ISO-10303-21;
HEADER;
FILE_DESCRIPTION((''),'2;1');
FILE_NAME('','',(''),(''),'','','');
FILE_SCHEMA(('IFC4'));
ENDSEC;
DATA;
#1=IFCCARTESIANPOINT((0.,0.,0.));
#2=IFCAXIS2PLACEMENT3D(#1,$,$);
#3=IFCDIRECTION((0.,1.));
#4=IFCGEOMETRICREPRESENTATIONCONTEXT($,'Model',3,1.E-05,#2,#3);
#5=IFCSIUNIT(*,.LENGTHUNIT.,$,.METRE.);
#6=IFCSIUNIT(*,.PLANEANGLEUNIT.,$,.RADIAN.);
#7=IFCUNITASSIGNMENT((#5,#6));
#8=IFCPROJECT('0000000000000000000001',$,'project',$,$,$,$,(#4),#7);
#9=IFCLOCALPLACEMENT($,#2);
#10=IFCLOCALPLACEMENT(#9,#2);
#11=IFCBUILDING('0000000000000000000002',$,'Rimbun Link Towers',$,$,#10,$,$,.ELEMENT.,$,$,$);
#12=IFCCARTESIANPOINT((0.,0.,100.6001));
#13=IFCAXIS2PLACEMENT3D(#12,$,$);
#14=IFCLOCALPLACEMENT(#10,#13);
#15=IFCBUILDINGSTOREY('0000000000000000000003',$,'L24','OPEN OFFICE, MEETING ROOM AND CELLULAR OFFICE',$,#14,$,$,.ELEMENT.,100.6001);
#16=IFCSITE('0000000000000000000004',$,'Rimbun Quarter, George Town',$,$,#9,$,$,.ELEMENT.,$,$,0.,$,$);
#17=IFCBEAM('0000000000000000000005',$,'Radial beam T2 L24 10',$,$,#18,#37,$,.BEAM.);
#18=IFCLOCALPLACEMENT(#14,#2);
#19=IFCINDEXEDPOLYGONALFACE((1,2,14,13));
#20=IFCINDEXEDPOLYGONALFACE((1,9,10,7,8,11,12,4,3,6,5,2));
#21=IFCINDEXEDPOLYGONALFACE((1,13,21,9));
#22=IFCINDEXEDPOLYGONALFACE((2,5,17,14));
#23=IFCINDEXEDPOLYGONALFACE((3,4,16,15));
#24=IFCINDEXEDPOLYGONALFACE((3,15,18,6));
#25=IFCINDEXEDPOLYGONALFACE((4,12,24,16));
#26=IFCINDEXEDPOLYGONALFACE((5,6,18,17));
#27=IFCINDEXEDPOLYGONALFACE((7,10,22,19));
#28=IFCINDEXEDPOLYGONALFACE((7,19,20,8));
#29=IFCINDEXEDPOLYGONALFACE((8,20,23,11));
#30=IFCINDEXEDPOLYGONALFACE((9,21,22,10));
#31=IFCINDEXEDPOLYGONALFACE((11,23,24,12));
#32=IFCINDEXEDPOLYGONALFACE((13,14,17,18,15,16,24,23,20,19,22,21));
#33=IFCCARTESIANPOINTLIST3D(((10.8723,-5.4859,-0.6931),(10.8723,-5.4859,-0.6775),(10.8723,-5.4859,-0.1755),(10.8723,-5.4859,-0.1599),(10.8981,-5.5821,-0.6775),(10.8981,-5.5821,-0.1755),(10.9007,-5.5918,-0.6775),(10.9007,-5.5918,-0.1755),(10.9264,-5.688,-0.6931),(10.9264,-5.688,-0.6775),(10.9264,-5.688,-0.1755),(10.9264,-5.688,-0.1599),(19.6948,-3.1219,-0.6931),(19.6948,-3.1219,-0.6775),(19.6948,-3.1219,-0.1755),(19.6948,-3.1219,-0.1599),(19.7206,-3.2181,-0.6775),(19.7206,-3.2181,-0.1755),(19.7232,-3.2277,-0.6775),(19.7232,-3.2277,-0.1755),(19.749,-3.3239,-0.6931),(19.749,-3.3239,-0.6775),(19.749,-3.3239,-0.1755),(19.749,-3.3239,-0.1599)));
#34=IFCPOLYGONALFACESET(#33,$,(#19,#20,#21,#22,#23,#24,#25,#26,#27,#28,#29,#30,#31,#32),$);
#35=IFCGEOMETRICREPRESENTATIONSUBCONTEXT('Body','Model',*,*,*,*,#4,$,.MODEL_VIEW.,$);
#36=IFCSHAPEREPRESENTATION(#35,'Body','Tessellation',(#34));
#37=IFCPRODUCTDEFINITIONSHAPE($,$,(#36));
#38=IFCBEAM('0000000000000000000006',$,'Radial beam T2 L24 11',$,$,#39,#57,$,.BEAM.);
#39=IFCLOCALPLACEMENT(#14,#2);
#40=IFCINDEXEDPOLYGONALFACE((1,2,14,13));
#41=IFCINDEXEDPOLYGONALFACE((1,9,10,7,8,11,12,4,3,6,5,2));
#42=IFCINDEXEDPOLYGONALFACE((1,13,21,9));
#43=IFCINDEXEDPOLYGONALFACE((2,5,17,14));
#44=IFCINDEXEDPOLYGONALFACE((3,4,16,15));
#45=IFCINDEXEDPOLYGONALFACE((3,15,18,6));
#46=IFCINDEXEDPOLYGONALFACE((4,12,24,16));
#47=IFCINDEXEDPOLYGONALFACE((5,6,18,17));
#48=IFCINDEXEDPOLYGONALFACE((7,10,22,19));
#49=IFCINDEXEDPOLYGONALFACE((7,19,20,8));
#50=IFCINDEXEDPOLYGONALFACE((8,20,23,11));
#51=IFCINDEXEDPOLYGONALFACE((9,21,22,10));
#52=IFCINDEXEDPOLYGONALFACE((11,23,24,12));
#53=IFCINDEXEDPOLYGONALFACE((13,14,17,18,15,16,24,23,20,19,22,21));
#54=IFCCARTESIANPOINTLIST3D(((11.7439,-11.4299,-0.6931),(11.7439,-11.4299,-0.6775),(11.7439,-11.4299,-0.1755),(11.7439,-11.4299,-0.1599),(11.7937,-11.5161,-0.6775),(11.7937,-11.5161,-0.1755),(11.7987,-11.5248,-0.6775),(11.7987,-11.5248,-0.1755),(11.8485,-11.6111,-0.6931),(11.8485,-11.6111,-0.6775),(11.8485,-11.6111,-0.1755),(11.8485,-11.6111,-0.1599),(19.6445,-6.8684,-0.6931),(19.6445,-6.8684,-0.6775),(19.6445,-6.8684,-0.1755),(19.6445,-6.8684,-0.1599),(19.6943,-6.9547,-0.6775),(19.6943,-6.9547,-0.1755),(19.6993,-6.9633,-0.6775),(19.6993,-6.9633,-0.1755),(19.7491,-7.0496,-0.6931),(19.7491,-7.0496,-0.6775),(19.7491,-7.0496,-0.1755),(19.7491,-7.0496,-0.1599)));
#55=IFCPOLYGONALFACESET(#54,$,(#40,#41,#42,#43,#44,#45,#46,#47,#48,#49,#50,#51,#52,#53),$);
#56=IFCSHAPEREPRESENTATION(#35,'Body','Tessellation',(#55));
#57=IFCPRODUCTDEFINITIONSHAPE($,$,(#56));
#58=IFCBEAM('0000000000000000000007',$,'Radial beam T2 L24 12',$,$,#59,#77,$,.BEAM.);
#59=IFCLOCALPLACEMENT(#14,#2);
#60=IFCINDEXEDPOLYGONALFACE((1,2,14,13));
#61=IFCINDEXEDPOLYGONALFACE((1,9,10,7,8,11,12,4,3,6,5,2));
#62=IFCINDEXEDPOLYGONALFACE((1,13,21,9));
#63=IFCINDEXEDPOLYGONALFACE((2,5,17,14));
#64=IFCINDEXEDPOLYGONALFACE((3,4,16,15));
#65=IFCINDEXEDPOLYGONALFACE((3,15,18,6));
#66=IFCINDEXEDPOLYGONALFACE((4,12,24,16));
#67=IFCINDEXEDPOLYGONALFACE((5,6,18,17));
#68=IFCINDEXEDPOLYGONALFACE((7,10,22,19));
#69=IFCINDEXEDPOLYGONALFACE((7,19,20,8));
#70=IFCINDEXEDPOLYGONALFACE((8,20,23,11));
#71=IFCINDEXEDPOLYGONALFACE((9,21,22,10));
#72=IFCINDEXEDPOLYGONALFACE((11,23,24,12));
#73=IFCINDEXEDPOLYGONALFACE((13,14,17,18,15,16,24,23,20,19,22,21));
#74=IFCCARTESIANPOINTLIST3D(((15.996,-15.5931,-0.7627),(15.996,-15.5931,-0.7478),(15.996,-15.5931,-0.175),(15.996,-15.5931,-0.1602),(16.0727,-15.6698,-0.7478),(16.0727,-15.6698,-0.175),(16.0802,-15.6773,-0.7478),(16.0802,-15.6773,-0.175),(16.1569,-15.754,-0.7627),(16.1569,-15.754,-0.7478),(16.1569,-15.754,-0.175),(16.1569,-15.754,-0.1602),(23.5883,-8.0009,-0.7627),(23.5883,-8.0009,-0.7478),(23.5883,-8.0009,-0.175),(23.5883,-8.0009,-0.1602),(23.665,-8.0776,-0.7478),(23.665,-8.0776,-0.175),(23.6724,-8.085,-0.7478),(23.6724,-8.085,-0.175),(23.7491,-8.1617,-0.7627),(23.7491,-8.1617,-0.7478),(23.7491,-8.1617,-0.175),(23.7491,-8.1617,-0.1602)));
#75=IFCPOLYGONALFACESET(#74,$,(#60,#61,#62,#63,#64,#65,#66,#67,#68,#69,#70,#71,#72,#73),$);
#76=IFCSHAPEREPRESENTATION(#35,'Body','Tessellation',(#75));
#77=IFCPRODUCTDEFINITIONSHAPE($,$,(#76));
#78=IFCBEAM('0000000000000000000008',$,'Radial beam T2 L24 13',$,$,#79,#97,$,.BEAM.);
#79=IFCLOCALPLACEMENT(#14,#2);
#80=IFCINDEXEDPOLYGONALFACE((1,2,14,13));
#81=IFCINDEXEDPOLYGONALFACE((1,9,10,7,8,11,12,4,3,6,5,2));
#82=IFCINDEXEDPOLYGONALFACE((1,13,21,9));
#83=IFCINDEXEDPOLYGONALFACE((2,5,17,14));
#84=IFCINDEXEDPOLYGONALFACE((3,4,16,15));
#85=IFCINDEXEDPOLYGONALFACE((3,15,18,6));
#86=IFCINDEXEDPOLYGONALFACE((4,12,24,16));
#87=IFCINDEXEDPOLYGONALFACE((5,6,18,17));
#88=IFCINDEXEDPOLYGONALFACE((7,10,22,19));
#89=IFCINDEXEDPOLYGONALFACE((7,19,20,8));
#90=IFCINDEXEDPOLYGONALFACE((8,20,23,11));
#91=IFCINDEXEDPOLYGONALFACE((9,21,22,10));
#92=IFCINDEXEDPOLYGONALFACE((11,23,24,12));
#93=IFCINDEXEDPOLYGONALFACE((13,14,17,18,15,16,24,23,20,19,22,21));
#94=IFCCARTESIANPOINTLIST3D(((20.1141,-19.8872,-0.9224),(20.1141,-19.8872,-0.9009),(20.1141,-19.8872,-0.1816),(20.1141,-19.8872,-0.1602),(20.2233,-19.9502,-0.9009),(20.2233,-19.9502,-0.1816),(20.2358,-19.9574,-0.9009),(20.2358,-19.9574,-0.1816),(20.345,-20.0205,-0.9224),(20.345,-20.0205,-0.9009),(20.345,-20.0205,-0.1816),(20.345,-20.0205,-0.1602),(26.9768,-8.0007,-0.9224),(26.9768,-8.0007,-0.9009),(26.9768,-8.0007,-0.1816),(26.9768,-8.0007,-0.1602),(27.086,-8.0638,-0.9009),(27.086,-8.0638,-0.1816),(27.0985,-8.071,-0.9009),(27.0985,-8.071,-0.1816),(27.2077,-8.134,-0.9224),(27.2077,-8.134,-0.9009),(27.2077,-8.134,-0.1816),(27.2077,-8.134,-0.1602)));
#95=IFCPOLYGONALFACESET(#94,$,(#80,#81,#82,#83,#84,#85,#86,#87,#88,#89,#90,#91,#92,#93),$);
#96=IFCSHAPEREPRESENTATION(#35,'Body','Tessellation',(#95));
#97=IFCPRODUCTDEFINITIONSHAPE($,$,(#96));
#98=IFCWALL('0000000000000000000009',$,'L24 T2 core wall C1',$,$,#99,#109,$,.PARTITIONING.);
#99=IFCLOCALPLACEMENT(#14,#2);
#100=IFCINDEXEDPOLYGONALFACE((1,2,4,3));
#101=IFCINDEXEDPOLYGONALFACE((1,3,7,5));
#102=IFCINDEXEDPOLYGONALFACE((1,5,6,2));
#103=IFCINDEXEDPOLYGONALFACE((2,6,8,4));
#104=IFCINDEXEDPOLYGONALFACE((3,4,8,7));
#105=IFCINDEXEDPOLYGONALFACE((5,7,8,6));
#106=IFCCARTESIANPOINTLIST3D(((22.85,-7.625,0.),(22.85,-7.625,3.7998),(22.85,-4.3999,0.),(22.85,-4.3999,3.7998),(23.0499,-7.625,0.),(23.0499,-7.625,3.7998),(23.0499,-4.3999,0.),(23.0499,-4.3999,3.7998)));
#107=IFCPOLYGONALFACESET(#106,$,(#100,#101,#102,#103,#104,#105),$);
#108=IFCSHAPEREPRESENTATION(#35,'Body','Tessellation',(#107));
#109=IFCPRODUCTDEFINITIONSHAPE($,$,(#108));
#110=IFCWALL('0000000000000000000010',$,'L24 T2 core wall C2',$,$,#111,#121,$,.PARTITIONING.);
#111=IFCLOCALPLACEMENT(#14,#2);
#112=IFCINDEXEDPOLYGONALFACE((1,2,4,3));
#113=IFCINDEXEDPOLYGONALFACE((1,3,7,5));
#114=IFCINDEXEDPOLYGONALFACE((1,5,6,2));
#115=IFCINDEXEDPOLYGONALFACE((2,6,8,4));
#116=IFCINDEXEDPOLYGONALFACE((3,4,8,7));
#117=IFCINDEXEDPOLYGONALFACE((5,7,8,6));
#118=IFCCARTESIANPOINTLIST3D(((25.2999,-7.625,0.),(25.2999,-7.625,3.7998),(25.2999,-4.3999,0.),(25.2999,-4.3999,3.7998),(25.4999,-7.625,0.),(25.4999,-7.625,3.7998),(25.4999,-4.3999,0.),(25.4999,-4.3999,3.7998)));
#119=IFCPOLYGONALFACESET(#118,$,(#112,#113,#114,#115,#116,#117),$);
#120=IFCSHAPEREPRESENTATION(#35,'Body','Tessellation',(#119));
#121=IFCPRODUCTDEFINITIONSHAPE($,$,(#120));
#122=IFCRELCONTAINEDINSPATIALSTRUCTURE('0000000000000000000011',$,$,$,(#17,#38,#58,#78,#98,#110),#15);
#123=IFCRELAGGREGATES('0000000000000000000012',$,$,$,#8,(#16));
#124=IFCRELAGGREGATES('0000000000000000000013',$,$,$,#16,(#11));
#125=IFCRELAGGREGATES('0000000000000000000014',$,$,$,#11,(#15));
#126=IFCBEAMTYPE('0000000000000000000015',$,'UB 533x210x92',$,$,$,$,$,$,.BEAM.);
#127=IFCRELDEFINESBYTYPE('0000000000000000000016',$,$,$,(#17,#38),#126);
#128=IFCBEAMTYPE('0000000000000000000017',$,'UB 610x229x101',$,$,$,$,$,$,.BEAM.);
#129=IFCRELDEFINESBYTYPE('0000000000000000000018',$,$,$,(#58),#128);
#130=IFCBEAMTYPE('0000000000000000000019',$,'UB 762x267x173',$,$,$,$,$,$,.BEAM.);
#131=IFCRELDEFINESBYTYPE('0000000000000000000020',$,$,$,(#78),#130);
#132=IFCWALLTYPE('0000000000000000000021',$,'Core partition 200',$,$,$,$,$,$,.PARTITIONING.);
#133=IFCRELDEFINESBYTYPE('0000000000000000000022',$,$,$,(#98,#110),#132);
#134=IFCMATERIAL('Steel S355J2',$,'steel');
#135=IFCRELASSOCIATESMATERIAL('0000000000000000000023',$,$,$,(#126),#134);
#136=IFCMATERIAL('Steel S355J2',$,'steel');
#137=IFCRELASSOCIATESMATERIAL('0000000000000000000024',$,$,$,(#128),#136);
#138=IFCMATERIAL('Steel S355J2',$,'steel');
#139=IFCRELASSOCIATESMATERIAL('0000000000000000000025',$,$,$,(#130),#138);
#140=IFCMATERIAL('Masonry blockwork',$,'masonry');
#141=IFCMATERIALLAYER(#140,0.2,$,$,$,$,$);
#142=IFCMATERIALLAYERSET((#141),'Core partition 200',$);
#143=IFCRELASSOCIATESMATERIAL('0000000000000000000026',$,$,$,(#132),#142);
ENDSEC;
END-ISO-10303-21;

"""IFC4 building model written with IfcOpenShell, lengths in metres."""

from ifc_helpers import new_model, si_unit, direction, frame, frame_2d, origin, origin_2d, place, context, subcontext, project, spatial, rectangle, i_section, extrude, material, layer, layer_set, material_profile, profile_set, type_object, element, save


model = new_model("IFC4")

# Units and contexts
model_context = context("Model", 3, precision=1e-05, world=origin(), true_north=direction((0.0, 1.0)))
body_context = subcontext(model_context, "Body", "Model", "MODEL_VIEW")
ifc_project = project(units=[si_unit("LENGTHUNIT", "METRE"), si_unit("PLANEANGLEUNIT", "RADIAN")], contexts=[model_context])

# Site, building, storey
site_placement = place(None, origin())
site = spatial("IfcSite", under=ifc_project, at=site_placement, Name="Rimbun Quarter, George Town", CompositionType="ELEMENT", RefElevation=0.0)
building_placement = place(site_placement, origin())
building = spatial("IfcBuilding", under=site, at=building_placement, Name="Rimbun Link Towers", CompositionType="ELEMENT")
storey_placement = place(building_placement, frame((0.0, 0.0, 100.6001)))
storey = spatial("IfcBuildingStorey", under=building, at=storey_placement, Name="L24", Description="OPEN OFFICE, MEETING ROOM AND CELLULAR OFFICE", CompositionType="ELEMENT", Elevation=100.6001)

# Beams
ifc_material_1 = material(Name="Steel S355J2", Category="steel")
ifc_material_profile_1 = material_profile(ifc_material_1, i_section(OverallWidth=0.2092, OverallDepth=0.5332, WebThickness=0.01, FlangeThickness=0.0156, at=origin_2d()), Name="UB 533x210x92")
ifc_profile_set_1 = profile_set([ifc_material_profile_1], Name="Steel S355J2")
beam_type_1 = type_object("IfcBeamType", Name="UB 533x210x92", PredefinedType="BEAM", material=ifc_profile_set_1)
beam_1_placement = place(storey_placement, frame((19.7219, -3.2229, -0.4265), z_axis=(-0.965925, -0.258822, 0.0), x_axis=(0.258822, -0.965925, 0.0)))
element("IfcBeam", 1, at=beam_1_placement, inside=storey, type_object=beam_type_1, Name="Radial beam T2 L24 10", PredefinedType="BEAM", context=body_context, shape_type="SweptSolid", body=[
    extrude(i_section(OverallWidth=0.2092, OverallDepth=0.5332, WebThickness=0.01, FlangeThickness=0.0156, at=origin_2d()), origin(), (0.0, 0.0, 1.0), 9.1338),
])
beam_2_placement = place(storey_placement, frame((19.6968, -6.959, -0.4265), z_axis=(-0.866021, -0.500007, 0.0), x_axis=(0.500007, -0.866021, 0.0)))
element("IfcBeam", 2, at=beam_2_placement, inside=storey, type_object=beam_type_1, Name="Radial beam T2 L24 11", PredefinedType="BEAM", context=body_context, shape_type="SweptSolid", body=[
    extrude(i_section(OverallWidth=0.2092, OverallDepth=0.5332, WebThickness=0.01, FlangeThickness=0.0156, at=origin_2d()), origin(), (0.0, 0.0, 1.0), 9.1228),
])
ifc_material_2 = material(Name="Steel S355J2", Category="steel")
ifc_material_profile_2 = material_profile(ifc_material_2, i_section(OverallWidth=0.2275, OverallDepth=0.6025, WebThickness=0.0105, FlangeThickness=0.0149, at=origin_2d()), Name="UB 610x229x101")
ifc_profile_set_2 = profile_set([ifc_material_profile_2], Name="Steel S355J2")
beam_type_2 = type_object("IfcBeamType", Name="UB 610x229x101", PredefinedType="BEAM", material=ifc_profile_set_2)
beam_3_placement = place(storey_placement, frame((23.6687, -8.0813, -0.4614), z_axis=(-0.707107, -0.707107, 0.0), x_axis=(0.707107, -0.707107, 0.0)))
element("IfcBeam", 3, at=beam_3_placement, inside=storey, type_object=beam_type_2, Name="Radial beam T2 L24 12", PredefinedType="BEAM", context=body_context, shape_type="SweptSolid", body=[
    extrude(i_section(OverallWidth=0.2275, OverallDepth=0.6025, WebThickness=0.0105, FlangeThickness=0.0149, at=origin_2d()), origin(), (0.0, 0.0, 1.0), 10.7371),
])
ifc_material_3 = material(Name="Steel S355J2", Category="steel")
ifc_material_profile_3 = material_profile(ifc_material_3, i_section(OverallWidth=0.2666, OverallDepth=0.7622, WebThickness=0.0144, FlangeThickness=0.0215, at=origin_2d()), Name="UB 762x267x173")
ifc_profile_set_3 = profile_set([ifc_material_profile_3], Name="Steel S355J2")
beam_type_3 = type_object("IfcBeamType", Name="UB 762x267x173", PredefinedType="BEAM", material=ifc_profile_set_3)
beam_4_placement = place(storey_placement, frame((27.0923, -8.0674, -0.5413), z_axis=(-0.500007, -0.866021, 0.0), x_axis=(0.866021, -0.500007, 0.0)))
element("IfcBeam", 4, at=beam_4_placement, inside=storey, type_object=beam_type_3, Name="Radial beam T2 L24 13", PredefinedType="BEAM", context=body_context, shape_type="SweptSolid", body=[
    extrude(i_section(OverallWidth=0.2666, OverallDepth=0.7622, WebThickness=0.0144, FlangeThickness=0.0215, at=origin_2d()), origin(), (0.0, 0.0, 1.0), 13.7253),
])

# Walls
ifc_material_4 = material(Name="Masonry blockwork", Category="masonry")
ifc_layer_1 = layer(ifc_material_4, 0.2)
ifc_layer_set_1 = layer_set([ifc_layer_1], Name="Core partition 200")
wall_type_1 = type_object("IfcWallType", Name="Core partition 200", PredefinedType="PARTITIONING", material=ifc_layer_set_1)
for number, where, z_axis, x_axis, name in (
    (5, (22.95, -4.3999, 0.0), (0.0, 0.0, 1.0), (0.0, -1.0, 0.0), "L24 T2 core wall C1"),
    (6, (25.3999, -4.3999, 0.0), (0.0, 0.0, 1.0), (0.0, -1.0, 0.0), "L24 T2 core wall C2"),
):
    element("IfcWall", number, at=place(storey_placement, frame(where, z_axis=z_axis, x_axis=x_axis)), inside=storey, type_object=wall_type_1, Name=name, PredefinedType="PARTITIONING", context=body_context, shape_type="SweptSolid", body=[
        extrude(rectangle(XDim=3.2251, YDim=0.2, at=frame_2d((1.6125, 0.0))), origin(), (0.0, 0.0, 1.0), 3.7998),
    ])

save(model, "model.ifc")
